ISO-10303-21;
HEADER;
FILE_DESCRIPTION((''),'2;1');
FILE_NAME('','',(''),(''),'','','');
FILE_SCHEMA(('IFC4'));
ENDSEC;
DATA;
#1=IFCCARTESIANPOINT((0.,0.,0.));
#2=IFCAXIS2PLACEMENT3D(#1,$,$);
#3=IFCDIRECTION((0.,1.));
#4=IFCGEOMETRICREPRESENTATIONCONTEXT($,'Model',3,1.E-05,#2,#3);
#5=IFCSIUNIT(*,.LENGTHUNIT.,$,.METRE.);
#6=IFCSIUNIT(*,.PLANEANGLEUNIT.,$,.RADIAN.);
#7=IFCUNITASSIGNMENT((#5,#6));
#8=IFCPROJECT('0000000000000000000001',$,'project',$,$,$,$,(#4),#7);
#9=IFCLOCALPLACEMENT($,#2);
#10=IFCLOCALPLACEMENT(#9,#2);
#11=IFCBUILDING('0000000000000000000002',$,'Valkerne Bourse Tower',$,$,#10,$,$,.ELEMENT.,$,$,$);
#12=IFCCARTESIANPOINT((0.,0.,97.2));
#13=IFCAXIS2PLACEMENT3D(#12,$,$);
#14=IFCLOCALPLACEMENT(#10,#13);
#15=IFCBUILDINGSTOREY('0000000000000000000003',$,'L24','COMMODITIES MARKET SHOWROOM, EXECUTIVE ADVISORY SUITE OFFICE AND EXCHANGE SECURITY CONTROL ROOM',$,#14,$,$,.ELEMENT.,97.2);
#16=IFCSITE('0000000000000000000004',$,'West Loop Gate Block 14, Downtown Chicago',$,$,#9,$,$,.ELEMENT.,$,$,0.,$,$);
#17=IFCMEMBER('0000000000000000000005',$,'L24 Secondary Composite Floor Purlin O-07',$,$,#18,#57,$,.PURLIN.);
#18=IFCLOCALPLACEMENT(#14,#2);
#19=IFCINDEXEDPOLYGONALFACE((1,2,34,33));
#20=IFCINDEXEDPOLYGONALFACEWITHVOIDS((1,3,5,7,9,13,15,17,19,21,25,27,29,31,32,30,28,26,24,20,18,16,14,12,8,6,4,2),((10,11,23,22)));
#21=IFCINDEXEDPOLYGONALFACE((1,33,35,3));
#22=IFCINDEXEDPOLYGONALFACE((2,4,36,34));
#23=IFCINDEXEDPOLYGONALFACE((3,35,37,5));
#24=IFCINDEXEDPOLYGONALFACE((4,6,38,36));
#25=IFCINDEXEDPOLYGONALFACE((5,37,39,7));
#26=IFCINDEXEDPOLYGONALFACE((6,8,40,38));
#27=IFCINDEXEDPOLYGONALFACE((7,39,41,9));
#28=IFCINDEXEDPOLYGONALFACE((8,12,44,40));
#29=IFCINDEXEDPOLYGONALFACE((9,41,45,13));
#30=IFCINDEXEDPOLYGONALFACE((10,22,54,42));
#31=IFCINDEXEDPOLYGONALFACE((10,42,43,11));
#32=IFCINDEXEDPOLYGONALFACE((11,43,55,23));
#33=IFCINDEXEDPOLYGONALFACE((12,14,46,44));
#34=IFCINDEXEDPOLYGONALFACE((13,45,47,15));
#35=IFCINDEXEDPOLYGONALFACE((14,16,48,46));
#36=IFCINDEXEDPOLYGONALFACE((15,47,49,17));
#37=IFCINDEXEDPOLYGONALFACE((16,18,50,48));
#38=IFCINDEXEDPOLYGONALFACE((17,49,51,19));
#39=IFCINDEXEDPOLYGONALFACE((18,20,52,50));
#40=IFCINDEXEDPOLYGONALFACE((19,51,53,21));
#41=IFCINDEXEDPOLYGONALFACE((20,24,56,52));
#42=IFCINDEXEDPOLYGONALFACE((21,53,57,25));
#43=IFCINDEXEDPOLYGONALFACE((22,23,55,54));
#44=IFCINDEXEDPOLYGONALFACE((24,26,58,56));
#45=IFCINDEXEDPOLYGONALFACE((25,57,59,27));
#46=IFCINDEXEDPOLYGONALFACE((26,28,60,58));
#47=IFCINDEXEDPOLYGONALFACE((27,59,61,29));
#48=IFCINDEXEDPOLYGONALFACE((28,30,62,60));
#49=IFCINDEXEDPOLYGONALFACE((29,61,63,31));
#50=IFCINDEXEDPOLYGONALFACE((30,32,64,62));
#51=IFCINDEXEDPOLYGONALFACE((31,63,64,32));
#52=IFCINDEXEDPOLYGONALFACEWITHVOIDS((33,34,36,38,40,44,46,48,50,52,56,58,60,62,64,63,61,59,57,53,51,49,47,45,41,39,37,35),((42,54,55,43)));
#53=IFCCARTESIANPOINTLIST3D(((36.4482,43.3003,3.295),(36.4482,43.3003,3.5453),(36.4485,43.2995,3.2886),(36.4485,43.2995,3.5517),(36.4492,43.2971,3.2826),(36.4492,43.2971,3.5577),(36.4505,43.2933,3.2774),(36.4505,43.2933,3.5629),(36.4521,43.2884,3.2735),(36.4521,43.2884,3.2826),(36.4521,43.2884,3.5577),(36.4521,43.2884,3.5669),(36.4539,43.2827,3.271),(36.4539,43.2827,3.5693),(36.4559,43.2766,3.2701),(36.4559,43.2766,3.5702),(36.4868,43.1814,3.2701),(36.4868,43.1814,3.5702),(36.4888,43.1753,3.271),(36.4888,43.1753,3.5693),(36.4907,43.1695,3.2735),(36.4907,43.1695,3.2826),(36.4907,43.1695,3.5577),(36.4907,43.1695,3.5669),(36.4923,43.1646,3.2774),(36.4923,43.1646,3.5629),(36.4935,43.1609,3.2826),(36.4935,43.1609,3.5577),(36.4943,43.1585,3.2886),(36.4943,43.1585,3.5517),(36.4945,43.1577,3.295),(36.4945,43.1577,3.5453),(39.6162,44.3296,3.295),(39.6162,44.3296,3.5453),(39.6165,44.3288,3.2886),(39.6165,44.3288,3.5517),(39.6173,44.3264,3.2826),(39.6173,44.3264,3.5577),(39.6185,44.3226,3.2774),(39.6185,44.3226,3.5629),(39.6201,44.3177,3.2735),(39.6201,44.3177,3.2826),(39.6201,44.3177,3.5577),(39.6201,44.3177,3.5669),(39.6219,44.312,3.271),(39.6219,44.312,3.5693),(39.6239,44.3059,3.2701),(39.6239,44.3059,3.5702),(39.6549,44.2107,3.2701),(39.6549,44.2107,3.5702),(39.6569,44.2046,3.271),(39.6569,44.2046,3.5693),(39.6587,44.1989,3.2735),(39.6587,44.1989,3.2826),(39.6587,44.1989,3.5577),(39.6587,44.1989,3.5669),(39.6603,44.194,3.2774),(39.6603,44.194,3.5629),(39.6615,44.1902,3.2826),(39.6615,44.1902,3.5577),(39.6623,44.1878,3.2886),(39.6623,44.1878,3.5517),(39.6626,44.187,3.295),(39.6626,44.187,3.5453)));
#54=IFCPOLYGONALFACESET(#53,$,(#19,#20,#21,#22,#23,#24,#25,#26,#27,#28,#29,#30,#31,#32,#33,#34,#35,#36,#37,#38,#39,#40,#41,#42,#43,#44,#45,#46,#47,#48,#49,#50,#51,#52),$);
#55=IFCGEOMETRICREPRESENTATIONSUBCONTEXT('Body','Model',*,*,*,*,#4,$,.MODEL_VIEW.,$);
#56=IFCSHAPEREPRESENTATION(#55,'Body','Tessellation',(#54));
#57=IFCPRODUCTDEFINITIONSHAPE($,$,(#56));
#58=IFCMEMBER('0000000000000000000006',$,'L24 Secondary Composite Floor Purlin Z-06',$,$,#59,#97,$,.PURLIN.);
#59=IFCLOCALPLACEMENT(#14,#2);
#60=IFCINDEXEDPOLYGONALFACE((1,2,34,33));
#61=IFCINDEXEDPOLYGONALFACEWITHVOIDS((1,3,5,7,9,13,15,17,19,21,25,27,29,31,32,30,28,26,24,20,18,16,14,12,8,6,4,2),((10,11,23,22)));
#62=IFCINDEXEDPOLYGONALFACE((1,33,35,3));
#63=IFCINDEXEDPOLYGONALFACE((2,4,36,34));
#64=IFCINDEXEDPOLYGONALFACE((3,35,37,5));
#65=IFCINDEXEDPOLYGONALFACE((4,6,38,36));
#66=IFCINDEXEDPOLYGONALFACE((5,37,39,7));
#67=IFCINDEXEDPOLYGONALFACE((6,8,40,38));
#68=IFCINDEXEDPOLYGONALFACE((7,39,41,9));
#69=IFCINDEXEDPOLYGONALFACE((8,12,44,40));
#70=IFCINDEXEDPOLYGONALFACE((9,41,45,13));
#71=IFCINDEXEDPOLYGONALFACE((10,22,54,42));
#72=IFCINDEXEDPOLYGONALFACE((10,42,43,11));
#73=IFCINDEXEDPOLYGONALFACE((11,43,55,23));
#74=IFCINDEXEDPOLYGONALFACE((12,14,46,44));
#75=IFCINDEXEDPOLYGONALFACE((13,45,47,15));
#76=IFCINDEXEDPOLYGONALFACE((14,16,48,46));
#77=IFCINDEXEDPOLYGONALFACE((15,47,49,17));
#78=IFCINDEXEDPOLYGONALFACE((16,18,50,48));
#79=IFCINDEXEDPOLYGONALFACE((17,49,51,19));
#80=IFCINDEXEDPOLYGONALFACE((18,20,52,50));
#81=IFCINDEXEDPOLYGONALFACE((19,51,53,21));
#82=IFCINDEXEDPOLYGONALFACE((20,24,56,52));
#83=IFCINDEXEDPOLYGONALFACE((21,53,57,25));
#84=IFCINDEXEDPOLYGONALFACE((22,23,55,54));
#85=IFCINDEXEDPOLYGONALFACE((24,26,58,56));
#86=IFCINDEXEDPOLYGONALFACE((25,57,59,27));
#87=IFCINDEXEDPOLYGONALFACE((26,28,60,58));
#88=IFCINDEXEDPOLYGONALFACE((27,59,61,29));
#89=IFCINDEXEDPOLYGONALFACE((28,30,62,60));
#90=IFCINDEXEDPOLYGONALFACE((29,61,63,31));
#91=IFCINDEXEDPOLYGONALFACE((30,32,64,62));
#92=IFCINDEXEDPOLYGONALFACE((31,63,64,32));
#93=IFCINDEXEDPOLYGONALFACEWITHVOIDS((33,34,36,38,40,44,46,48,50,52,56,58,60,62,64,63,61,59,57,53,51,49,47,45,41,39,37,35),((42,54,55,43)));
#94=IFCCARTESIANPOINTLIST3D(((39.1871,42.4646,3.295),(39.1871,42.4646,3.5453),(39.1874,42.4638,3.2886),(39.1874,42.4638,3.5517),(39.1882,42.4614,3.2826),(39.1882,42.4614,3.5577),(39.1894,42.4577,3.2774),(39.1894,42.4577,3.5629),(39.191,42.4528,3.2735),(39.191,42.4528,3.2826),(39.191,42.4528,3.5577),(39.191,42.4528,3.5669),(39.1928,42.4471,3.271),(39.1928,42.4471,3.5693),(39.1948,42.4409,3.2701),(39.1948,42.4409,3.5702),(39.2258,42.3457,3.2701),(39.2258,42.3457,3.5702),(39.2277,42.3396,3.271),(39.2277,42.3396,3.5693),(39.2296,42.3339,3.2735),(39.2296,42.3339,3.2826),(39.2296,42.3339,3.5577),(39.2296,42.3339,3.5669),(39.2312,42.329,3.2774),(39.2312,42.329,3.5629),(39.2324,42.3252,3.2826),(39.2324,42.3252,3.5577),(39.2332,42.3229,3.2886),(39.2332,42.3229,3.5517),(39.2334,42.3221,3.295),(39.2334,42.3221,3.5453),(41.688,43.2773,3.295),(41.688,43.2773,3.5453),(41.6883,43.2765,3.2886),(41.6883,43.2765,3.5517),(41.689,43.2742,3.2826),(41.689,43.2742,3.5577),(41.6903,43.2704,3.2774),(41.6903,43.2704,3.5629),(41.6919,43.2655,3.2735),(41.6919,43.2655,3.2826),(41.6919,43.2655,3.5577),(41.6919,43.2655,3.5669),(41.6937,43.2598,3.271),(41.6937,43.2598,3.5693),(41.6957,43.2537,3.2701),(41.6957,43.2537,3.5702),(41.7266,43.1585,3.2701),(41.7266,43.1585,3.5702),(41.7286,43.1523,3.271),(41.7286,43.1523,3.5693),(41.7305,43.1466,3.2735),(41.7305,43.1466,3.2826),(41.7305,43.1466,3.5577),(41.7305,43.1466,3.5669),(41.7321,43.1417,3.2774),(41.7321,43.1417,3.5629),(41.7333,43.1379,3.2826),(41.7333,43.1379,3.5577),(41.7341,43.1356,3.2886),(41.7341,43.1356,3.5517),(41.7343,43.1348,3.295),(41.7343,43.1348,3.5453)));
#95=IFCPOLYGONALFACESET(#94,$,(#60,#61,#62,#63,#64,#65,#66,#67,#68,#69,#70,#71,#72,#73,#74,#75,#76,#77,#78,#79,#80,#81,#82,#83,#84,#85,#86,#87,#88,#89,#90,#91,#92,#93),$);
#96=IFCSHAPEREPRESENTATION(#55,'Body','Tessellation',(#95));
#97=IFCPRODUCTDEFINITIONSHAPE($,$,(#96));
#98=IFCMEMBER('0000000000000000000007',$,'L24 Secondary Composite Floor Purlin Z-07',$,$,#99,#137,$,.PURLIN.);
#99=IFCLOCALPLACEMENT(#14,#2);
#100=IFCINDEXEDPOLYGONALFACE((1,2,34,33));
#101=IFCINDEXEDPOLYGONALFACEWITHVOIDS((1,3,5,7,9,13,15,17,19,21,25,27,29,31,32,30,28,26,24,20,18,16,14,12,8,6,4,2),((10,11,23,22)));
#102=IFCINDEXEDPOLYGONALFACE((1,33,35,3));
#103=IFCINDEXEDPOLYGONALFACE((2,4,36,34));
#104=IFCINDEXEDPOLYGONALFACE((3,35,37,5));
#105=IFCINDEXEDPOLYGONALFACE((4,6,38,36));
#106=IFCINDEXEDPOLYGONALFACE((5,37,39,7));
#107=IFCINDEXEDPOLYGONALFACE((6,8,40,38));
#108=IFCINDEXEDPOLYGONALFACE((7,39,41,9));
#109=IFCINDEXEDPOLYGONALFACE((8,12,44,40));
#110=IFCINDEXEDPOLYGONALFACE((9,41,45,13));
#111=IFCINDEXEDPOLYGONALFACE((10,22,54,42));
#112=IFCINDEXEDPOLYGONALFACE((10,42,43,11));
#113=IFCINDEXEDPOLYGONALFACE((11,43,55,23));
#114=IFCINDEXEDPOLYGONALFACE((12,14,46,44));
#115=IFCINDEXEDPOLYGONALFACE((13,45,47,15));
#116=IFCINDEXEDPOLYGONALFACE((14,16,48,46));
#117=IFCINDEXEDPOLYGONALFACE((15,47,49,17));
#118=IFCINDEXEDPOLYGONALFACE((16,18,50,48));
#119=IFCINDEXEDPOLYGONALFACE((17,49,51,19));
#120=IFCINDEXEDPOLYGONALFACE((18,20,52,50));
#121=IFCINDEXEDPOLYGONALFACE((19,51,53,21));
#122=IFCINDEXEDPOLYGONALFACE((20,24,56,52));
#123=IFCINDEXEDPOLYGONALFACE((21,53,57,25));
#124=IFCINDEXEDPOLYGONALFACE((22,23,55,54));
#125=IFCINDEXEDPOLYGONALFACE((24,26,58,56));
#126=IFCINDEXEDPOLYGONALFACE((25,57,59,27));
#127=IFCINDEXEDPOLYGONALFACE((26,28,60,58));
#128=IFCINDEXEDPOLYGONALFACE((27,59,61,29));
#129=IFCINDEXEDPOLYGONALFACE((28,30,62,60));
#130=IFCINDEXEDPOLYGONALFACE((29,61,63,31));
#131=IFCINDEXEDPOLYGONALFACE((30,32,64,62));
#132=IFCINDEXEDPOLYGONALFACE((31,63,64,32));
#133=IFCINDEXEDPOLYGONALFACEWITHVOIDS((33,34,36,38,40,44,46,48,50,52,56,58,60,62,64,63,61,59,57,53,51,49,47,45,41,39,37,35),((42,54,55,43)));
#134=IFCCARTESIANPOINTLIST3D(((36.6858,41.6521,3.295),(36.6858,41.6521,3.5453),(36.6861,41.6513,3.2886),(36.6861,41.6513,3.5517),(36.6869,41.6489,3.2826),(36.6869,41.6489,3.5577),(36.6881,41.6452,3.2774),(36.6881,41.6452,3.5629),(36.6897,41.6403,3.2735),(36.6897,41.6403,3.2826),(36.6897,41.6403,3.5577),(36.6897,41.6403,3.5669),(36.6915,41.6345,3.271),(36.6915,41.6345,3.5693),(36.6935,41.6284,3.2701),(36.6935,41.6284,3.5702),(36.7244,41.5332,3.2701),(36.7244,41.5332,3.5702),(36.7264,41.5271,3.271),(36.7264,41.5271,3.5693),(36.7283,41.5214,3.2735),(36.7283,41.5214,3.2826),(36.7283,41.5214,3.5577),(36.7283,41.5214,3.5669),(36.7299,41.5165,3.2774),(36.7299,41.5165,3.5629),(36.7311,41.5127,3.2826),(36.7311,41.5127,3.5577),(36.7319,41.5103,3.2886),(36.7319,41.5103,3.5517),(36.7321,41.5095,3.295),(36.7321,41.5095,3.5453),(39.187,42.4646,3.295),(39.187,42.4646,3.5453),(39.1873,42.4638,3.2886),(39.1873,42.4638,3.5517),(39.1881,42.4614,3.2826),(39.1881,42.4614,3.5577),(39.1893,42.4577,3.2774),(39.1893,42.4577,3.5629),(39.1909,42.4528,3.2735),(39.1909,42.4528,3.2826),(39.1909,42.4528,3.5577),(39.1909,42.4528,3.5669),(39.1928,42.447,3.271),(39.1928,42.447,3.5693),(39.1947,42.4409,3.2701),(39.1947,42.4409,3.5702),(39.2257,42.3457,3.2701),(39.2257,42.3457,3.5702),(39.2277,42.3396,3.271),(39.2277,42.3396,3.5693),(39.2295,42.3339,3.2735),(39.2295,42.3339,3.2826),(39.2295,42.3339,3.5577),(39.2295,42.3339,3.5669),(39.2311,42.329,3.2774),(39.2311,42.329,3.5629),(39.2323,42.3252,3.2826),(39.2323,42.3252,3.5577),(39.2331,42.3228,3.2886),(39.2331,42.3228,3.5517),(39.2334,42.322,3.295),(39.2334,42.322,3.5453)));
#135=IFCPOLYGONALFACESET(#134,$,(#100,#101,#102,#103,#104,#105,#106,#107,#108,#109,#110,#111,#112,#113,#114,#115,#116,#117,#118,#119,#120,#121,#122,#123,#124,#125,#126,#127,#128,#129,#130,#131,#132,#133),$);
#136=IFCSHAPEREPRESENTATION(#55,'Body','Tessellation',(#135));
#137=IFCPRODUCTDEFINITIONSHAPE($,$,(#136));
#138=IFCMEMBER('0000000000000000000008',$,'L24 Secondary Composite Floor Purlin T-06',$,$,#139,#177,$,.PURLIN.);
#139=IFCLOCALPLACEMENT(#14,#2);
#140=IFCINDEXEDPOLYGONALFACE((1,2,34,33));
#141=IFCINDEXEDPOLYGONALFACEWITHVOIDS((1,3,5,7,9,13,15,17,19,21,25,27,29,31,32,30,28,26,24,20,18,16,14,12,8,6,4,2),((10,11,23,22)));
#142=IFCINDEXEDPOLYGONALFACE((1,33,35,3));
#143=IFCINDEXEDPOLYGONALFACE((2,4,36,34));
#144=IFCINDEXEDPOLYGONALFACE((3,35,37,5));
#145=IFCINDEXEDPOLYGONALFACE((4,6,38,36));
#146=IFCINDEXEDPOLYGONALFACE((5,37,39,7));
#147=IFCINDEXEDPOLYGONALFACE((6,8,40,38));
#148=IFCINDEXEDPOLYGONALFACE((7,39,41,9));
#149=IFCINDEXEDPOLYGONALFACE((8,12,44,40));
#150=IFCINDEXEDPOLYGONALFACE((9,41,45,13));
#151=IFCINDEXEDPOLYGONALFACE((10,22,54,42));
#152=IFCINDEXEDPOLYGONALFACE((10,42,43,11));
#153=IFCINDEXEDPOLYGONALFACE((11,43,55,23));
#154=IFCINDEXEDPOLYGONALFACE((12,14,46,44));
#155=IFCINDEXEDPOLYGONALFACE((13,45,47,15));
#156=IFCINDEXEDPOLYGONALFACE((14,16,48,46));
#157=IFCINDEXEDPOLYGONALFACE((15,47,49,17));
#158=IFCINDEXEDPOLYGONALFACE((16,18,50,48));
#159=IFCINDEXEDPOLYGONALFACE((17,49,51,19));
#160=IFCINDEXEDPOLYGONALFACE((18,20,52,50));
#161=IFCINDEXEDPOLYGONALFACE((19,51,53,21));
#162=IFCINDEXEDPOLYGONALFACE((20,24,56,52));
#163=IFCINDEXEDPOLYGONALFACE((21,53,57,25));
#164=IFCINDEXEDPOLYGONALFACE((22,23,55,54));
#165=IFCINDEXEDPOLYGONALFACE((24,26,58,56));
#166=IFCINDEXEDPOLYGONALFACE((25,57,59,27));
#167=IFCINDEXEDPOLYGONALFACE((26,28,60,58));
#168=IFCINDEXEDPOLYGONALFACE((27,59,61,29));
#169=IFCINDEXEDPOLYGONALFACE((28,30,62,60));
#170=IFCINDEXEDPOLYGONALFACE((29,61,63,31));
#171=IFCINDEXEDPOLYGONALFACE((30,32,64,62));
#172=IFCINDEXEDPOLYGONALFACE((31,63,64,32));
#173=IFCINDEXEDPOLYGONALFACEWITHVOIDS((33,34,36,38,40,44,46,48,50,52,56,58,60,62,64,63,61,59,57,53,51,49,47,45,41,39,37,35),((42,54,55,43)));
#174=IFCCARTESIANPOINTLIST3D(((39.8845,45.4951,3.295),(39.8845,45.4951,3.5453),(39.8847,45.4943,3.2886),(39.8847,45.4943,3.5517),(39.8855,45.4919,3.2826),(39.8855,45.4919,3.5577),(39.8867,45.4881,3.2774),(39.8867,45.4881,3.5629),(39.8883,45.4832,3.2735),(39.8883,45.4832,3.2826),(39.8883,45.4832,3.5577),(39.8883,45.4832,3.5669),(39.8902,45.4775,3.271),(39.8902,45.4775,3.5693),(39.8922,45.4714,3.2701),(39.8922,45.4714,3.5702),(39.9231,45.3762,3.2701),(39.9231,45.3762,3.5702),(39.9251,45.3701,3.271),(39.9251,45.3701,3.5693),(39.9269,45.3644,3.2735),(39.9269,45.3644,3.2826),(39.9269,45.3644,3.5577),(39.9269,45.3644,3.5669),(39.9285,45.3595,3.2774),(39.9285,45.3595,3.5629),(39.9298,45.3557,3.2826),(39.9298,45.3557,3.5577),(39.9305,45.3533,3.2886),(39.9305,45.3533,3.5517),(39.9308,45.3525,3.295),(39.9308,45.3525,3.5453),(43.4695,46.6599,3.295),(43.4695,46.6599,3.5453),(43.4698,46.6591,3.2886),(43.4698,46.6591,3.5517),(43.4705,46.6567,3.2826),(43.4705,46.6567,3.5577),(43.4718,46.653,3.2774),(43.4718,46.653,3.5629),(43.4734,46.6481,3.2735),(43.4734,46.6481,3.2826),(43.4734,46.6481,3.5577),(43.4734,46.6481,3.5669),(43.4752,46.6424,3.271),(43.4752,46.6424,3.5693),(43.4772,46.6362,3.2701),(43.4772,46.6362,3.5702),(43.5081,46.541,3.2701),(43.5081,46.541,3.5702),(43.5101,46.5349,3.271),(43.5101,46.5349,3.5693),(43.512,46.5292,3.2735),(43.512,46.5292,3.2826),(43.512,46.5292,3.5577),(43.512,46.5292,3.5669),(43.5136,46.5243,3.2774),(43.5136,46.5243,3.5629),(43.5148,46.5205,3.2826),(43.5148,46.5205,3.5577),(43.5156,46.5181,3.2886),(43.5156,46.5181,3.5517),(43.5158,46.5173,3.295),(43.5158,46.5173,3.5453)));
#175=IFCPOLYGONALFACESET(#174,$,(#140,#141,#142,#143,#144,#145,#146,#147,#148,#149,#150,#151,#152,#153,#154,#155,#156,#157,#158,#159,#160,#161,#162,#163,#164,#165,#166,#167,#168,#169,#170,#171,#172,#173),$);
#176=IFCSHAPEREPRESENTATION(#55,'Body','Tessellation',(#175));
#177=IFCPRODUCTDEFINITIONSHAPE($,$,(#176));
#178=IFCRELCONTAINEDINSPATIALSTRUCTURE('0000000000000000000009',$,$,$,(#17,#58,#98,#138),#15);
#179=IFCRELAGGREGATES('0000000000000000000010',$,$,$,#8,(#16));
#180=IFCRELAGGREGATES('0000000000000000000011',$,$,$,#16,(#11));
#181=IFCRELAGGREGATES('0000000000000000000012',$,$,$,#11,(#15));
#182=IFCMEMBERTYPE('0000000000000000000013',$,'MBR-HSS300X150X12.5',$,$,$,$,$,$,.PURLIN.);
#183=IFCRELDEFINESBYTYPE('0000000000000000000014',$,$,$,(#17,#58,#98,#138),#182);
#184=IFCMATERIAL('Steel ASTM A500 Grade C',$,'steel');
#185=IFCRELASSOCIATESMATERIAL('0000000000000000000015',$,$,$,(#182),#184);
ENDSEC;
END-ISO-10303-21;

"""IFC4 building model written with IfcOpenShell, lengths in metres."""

from ifc_helpers import new_model, si_unit, direction, frame, origin, origin_2d, place, context, subcontext, project, spatial, hollow_rectangle, extrude, material, material_profile, profile_set, type_object, element, save


model = new_model("IFC4")

# Units and contexts
model_context = context("Model", 3, precision=1e-05, world=origin(), true_north=direction((0.0, 1.0)))
body_context = subcontext(model_context, "Body", "Model", "MODEL_VIEW")
ifc_project = project(units=[si_unit("LENGTHUNIT", "METRE"), si_unit("PLANEANGLEUNIT", "RADIAN")], contexts=[model_context])

# Site, building, storey
site_placement = place(None, origin())
site = spatial("IfcSite", under=ifc_project, at=site_placement, Name="West Loop Gate Block 14, Downtown Chicago", CompositionType="ELEMENT", RefElevation=0.0)
building_placement = place(site_placement, origin())
building = spatial("IfcBuilding", under=site, at=building_placement, Name="Valkerne Bourse Tower", CompositionType="ELEMENT")
storey_placement = place(building_placement, frame((0.0, 0.0, 97.2)))
storey = spatial("IfcBuildingStorey", under=building, at=storey_placement, Name="L24", Description="COMMODITIES MARKET SHOWROOM, EXECUTIVE ADVISORY SUITE OFFICE AND EXCHANGE SECURITY CONTROL ROOM", CompositionType="ELEMENT", Elevation=97.2)

# Members
ifc_material_1 = material(Name="Steel ASTM A500 Grade C", Category="steel")
ifc_material_profile_1 = material_profile(ifc_material_1, hollow_rectangle(XDim=0.1499, YDim=0.3, WallThickness=0.0125, OuterFilletRadius=0.0249, at=origin_2d()), Name="HSS300X150X12.5")
ifc_profile_set_1 = profile_set([ifc_material_profile_1], Name="Steel ASTM A500 Grade C")
member_type_1 = type_object("IfcMemberType", Name="MBR-HSS300X150X12.5", PredefinedType="PURLIN", material=ifc_profile_set_1)
member_1_placement = place(storey_placement, frame((39.6394, 44.2583, 3.4202), z_axis=(-0.95106, -0.309007, 0.0), x_axis=(0.309007, -0.95106, 0.0)))
element("IfcMember", 1, at=member_1_placement, inside=storey, type_object=member_type_1, Name="L24 Secondary Composite Floor Purlin O-07", PredefinedType="PURLIN", context=body_context, shape_type="SweptSolid", body=[
    extrude(hollow_rectangle(XDim=0.1499, YDim=0.3, WallThickness=0.0125, OuterFilletRadius=0.0249, at=origin_2d()), origin(), (0.0, 0.0, 1.0), 3.3311),
])
member_2_placement = place(storey_placement, frame((41.7112, 43.2061, 3.4202), z_axis=(-0.951042, -0.309061, 0.0), x_axis=(0.309061, -0.951042, 0.0)))
element("IfcMember", 2, at=member_2_placement, inside=storey, type_object=member_type_1, Name="L24 Secondary Composite Floor Purlin Z-06", PredefinedType="PURLIN", context=body_context, shape_type="SweptSolid", body=[
    extrude(hollow_rectangle(XDim=0.1499, YDim=0.3, WallThickness=0.0125, OuterFilletRadius=0.0249, at=origin_2d()), origin(), (0.0, 0.0, 1.0), 2.6296),
])
member_3_placement = place(storey_placement, frame((39.2102, 42.3933, 3.4202), z_axis=(-0.951078, -0.30895, 0.0), x_axis=(0.30895, -0.951078, 0.0)))
element("IfcMember", 3, at=member_3_placement, inside=storey, type_object=member_type_1, Name="L24 Secondary Composite Floor Purlin Z-07", PredefinedType="PURLIN", context=body_context, shape_type="SweptSolid", body=[
    extrude(hollow_rectangle(XDim=0.1499, YDim=0.3, WallThickness=0.0125, OuterFilletRadius=0.0249, at=origin_2d()), origin(), (0.0, 0.0, 1.0), 2.6299),
])
member_4_placement = place(storey_placement, frame((43.4927, 46.5886, 3.4202), z_axis=(-0.951059, -0.30901, 0.0), x_axis=(0.30901, -0.951059, 0.0)))
element("IfcMember", 4, at=member_4_placement, inside=storey, type_object=member_type_1, Name="L24 Secondary Composite Floor Purlin T-06", PredefinedType="PURLIN", context=body_context, shape_type="SweptSolid", body=[
    extrude(hollow_rectangle(XDim=0.1499, YDim=0.3, WallThickness=0.0125, OuterFilletRadius=0.0249, at=origin_2d()), origin(), (0.0, 0.0, 1.0), 3.7695),
])

save(model, "model.ifc")
